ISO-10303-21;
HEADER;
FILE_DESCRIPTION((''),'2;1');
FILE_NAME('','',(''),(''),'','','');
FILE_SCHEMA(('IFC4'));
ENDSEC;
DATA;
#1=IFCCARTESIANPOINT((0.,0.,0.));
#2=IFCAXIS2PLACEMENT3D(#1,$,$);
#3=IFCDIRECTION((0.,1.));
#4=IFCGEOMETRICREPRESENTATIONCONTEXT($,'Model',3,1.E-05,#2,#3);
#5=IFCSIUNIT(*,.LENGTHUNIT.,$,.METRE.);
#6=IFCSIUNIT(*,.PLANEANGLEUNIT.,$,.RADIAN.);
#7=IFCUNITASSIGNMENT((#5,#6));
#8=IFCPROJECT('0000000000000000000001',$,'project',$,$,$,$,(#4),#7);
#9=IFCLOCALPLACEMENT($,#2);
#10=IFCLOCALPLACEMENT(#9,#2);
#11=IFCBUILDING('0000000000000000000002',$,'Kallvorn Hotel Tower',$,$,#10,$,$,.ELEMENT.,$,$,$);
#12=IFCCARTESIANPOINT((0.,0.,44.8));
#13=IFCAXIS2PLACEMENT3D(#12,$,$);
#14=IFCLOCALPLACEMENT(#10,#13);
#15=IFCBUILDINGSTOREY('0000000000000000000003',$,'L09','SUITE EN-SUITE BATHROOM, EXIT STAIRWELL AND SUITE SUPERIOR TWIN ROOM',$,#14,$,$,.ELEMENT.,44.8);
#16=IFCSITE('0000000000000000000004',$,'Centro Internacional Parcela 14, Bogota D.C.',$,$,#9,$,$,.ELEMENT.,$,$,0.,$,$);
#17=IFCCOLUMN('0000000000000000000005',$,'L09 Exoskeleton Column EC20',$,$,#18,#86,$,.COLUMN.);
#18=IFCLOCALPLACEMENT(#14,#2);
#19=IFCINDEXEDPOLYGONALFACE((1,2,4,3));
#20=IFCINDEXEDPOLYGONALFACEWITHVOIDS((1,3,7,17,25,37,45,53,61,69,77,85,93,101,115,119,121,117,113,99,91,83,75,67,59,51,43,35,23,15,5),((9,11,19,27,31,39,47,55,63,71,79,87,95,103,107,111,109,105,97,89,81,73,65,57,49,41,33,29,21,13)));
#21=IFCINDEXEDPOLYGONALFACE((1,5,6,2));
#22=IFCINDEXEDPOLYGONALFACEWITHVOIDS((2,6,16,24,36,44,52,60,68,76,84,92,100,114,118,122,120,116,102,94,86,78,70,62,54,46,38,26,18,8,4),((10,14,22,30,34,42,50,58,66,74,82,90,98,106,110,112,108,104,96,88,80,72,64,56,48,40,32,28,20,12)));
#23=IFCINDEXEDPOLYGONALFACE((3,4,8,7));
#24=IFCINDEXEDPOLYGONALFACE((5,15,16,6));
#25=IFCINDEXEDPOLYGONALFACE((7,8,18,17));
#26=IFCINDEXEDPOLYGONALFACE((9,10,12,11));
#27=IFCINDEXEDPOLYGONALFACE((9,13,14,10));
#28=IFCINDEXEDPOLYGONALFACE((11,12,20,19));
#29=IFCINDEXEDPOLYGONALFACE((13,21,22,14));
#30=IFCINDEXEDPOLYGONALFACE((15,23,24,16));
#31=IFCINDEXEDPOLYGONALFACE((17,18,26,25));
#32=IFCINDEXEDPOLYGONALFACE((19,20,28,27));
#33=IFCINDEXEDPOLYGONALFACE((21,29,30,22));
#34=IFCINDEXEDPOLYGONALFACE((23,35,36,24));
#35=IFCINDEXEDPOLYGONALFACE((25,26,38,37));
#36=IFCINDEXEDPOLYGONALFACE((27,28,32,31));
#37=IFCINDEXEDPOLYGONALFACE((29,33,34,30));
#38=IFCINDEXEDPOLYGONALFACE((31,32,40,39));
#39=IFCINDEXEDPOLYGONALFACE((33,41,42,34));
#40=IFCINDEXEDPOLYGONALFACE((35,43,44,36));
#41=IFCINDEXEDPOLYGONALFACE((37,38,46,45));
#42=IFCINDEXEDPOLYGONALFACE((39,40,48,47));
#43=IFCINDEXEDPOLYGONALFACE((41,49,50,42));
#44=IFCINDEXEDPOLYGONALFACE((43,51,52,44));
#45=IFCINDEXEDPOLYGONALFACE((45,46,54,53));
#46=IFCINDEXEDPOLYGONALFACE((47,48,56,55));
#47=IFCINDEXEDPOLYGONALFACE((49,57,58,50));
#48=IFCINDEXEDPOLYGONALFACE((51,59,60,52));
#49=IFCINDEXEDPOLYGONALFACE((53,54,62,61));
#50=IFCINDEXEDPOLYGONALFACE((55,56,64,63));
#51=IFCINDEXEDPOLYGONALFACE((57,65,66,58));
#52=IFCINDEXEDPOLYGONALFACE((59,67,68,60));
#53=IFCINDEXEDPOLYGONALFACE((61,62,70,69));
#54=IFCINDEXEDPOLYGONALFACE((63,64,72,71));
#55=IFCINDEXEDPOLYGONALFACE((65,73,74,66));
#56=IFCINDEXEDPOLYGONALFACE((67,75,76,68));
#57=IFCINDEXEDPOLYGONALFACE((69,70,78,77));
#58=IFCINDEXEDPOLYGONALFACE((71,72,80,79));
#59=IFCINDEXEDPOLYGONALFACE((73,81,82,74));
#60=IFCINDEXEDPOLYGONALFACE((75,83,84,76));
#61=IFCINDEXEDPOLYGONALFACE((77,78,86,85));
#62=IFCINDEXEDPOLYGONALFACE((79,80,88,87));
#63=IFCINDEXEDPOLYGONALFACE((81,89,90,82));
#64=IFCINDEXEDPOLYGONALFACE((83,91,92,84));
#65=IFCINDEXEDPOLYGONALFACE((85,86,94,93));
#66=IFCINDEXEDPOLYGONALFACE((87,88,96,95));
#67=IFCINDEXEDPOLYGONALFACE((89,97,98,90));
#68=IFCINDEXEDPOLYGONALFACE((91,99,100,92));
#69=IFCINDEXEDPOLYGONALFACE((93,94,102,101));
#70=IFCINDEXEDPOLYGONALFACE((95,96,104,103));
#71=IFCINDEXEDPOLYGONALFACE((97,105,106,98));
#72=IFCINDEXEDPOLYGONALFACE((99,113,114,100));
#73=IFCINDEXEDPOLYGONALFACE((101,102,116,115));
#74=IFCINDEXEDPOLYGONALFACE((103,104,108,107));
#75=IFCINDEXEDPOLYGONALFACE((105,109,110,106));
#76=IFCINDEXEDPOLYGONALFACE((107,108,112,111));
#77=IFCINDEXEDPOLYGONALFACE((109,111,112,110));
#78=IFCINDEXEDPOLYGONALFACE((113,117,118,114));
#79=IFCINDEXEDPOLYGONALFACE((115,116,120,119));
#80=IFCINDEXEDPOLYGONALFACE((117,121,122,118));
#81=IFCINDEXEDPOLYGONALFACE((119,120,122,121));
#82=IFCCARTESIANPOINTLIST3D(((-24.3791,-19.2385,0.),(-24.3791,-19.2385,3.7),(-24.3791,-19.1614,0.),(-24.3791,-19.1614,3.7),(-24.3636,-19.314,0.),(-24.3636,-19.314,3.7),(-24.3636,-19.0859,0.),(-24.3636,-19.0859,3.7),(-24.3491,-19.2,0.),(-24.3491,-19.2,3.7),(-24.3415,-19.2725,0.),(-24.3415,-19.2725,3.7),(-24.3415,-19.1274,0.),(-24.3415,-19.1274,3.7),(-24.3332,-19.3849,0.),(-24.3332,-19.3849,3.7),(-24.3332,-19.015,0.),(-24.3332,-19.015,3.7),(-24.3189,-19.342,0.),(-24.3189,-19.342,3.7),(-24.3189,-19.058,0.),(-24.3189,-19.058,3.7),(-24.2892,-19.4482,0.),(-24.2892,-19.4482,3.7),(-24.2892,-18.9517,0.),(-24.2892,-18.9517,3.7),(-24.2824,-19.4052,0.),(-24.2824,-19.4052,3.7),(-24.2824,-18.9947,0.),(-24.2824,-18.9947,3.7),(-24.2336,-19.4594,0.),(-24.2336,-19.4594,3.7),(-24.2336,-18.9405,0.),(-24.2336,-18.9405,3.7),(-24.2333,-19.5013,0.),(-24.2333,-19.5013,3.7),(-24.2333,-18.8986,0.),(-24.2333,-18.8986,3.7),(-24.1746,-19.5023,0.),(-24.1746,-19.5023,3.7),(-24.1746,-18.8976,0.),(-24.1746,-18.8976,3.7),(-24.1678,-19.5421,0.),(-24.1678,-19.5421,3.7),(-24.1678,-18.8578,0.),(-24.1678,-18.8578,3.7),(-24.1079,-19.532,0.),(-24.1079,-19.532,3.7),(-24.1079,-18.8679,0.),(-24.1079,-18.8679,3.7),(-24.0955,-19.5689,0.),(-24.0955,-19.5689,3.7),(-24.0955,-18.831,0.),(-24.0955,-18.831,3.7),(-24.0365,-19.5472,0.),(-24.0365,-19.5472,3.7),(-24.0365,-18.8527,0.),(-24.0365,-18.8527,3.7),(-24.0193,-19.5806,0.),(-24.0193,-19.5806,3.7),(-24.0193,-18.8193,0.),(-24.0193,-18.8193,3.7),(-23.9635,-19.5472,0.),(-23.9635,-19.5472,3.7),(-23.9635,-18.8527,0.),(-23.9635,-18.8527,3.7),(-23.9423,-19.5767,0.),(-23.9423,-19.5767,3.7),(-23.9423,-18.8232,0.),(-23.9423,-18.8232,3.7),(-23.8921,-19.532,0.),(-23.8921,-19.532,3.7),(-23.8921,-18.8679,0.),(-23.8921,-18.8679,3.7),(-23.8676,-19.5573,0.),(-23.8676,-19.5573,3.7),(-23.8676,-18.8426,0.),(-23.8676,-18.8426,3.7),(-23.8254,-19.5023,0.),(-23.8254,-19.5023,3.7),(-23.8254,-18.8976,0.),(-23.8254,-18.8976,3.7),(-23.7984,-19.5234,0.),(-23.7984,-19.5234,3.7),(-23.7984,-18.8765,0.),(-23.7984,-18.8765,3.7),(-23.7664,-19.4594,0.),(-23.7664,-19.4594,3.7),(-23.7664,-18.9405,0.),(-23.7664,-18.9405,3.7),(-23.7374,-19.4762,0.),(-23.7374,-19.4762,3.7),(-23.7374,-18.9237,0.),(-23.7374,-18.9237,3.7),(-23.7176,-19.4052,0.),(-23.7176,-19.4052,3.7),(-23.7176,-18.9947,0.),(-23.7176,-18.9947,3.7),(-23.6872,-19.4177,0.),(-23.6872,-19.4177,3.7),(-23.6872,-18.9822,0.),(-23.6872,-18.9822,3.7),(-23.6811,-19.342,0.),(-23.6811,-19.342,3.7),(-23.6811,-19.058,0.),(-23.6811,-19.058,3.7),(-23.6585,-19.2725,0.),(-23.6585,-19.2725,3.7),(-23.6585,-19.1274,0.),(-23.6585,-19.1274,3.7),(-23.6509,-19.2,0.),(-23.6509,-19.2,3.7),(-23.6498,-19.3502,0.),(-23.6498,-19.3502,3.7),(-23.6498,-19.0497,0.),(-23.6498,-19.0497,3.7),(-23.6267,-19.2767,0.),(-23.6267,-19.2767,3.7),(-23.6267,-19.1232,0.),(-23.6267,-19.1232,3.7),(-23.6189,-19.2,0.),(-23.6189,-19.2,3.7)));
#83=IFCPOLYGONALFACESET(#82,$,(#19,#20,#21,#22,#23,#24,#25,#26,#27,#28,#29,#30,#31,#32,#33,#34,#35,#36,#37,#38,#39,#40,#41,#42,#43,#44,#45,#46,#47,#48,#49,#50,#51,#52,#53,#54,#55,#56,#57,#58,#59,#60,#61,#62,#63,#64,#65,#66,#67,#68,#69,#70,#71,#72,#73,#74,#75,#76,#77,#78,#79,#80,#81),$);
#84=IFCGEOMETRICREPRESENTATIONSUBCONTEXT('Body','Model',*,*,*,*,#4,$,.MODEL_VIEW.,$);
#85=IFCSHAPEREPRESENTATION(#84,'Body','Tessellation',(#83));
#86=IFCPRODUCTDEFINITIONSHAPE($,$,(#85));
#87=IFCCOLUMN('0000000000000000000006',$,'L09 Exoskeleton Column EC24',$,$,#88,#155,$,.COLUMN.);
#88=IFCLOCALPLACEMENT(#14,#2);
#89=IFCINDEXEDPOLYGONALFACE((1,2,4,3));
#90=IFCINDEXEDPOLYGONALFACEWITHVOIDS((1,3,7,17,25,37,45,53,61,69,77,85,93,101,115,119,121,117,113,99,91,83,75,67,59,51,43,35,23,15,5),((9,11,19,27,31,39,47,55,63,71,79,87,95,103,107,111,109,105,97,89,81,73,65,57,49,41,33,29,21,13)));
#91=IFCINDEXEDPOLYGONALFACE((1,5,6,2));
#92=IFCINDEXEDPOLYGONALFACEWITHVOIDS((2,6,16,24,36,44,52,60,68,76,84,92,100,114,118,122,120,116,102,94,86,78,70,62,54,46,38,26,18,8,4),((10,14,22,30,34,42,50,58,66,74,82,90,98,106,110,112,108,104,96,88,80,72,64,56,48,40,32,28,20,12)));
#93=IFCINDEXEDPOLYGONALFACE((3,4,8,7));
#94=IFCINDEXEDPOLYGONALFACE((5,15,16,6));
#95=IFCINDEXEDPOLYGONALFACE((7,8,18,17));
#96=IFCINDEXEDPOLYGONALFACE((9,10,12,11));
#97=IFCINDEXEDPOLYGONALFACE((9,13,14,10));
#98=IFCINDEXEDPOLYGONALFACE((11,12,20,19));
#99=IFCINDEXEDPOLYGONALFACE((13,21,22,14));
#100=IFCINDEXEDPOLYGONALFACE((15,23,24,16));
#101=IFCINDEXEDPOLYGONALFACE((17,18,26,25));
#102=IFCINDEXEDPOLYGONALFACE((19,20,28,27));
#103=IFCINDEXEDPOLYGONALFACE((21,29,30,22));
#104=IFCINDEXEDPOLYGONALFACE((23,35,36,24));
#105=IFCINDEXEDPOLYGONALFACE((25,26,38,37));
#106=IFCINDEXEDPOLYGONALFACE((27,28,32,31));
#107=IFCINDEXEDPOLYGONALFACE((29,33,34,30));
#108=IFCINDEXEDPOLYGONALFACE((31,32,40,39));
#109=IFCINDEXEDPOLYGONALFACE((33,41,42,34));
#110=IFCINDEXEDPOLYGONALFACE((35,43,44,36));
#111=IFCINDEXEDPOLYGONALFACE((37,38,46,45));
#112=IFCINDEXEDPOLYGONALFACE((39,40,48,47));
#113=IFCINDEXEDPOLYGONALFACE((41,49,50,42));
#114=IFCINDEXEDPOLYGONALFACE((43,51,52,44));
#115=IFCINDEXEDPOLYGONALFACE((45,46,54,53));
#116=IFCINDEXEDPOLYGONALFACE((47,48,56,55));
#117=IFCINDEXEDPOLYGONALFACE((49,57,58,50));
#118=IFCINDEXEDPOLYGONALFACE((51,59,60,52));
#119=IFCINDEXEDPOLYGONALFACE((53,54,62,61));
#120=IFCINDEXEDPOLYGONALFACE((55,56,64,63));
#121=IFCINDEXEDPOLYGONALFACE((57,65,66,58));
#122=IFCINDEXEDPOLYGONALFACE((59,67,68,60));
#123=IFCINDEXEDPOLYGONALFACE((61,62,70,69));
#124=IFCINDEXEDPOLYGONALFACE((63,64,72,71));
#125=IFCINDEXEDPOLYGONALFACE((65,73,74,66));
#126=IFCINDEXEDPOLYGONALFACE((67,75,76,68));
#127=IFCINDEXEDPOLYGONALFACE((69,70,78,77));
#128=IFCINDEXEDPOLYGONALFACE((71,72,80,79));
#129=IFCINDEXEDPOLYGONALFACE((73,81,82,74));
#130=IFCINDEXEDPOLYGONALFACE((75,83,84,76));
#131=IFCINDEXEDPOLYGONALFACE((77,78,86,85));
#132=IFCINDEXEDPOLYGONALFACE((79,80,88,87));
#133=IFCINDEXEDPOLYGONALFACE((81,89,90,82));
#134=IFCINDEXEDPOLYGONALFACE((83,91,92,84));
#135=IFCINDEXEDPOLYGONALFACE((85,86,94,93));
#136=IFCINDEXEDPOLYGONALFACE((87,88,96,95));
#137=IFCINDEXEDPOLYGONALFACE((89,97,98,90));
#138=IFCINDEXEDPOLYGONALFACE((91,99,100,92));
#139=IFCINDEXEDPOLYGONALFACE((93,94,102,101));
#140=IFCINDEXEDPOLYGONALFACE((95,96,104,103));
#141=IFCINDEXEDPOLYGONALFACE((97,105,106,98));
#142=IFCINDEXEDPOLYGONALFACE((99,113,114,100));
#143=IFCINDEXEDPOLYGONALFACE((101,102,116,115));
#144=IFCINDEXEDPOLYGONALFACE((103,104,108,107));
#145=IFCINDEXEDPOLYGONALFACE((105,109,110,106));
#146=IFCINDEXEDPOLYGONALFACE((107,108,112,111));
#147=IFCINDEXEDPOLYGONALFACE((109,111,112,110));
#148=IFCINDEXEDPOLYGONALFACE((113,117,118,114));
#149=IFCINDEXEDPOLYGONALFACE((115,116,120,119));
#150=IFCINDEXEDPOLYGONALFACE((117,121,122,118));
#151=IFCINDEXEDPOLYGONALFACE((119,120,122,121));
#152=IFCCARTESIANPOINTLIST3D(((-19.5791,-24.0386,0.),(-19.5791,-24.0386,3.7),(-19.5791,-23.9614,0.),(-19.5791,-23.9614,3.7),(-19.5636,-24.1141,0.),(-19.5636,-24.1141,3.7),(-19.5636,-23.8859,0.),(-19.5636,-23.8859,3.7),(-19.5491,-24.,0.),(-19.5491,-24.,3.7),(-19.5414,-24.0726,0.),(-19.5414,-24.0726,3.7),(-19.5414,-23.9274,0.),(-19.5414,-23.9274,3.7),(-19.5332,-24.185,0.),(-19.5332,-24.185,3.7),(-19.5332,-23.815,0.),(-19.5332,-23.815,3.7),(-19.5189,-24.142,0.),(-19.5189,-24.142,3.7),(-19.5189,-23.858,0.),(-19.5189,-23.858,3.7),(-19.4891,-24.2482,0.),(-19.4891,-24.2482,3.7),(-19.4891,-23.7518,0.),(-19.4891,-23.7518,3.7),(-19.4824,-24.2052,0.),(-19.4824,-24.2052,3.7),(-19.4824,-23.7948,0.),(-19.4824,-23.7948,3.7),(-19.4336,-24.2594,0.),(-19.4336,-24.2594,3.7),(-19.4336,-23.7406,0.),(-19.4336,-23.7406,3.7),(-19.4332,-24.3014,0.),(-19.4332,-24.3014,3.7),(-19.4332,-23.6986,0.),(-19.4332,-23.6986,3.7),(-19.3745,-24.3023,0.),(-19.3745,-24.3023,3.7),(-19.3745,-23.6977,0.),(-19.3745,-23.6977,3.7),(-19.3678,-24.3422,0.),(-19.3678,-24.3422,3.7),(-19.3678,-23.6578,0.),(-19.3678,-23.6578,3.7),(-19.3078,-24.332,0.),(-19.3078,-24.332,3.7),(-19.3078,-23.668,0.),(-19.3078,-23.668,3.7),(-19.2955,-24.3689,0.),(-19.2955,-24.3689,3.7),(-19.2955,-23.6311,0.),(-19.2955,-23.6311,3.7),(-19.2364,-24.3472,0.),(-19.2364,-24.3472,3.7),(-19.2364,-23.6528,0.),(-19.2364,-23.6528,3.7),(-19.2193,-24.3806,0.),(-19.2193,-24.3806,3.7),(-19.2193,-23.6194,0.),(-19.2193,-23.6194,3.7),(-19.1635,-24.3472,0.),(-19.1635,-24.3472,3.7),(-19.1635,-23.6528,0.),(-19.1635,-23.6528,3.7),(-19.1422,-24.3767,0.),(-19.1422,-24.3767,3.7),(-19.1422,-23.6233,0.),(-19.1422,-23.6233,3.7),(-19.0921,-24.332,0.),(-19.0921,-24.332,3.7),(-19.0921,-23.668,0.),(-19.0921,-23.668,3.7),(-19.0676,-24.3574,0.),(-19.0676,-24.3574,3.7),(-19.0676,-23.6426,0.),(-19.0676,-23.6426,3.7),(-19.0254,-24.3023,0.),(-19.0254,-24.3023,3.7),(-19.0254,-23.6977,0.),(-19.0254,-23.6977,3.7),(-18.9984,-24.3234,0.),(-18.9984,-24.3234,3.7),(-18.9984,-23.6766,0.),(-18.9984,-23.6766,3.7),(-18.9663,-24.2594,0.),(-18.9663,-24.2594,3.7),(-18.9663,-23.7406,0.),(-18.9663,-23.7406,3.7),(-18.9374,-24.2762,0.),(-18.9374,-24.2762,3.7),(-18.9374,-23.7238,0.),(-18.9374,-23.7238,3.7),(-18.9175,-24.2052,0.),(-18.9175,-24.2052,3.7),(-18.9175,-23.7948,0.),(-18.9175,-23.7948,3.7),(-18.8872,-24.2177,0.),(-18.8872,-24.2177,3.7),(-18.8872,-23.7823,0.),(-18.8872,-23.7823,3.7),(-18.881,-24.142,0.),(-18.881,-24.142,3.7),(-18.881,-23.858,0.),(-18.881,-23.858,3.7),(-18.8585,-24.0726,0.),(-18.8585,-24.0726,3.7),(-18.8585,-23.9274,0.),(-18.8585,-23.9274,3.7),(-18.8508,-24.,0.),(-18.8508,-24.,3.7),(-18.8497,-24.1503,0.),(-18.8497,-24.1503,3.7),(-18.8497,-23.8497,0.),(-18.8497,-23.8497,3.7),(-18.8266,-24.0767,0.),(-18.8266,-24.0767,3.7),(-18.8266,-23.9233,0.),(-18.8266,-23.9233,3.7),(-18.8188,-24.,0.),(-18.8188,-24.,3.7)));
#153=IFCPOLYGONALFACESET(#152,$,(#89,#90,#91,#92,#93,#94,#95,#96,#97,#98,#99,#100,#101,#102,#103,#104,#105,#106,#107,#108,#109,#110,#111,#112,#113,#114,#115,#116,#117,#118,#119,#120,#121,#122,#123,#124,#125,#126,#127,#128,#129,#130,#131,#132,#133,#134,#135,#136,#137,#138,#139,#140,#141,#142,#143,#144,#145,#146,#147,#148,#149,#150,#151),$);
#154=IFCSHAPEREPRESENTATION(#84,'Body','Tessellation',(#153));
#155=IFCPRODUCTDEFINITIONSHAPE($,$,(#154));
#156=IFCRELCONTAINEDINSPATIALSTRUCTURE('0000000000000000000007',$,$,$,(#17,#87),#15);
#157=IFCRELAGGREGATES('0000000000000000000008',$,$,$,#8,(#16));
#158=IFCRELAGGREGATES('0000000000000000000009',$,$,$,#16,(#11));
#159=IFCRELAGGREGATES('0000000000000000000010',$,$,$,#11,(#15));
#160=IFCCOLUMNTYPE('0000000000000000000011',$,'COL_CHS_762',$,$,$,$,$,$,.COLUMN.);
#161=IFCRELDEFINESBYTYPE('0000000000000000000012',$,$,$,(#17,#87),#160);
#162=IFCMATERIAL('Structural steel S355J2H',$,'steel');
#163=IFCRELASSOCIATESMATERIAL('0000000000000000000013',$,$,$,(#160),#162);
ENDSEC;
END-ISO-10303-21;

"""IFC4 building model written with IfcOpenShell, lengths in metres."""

from ifc_helpers import new_model, si_unit, direction, frame, origin, origin_2d, place, context, subcontext, project, spatial, hollow_circle, extrude, material, material_profile, profile_set, type_object, element, save


model = new_model("IFC4")

# Units and contexts
model_context = context("Model", 3, precision=1e-05, world=origin(), true_north=direction((0.0, 1.0)))
body_context = subcontext(model_context, "Body", "Model", "MODEL_VIEW")
ifc_project = project(units=[si_unit("LENGTHUNIT", "METRE"), si_unit("PLANEANGLEUNIT", "RADIAN")], contexts=[model_context])

# Site, building, storey
site_placement = place(None, origin())
site = spatial("IfcSite", under=ifc_project, at=site_placement, Name="Centro Internacional Parcela 14, Bogota D.C.", CompositionType="ELEMENT", RefElevation=0.0)
building_placement = place(site_placement, origin())
building = spatial("IfcBuilding", under=site, at=building_placement, Name="Kallvorn Hotel Tower", CompositionType="ELEMENT")
storey_placement = place(building_placement, frame((0.0, 0.0, 44.8)))
storey = spatial("IfcBuildingStorey", under=building, at=storey_placement, Name="L09", Description="SUITE EN-SUITE BATHROOM, EXIT STAIRWELL AND SUITE SUPERIOR TWIN ROOM", CompositionType="ELEMENT", Elevation=44.8)

# Columns
ifc_material_1 = material(Name="Structural steel S355J2H", Category="steel")
ifc_material_profile_1 = material_profile(ifc_material_1, hollow_circle(Radius=0.3811, WallThickness=0.032, at=origin_2d()), Name="CHS 762x32")
ifc_profile_set_1 = profile_set([ifc_material_profile_1], Name="Structural steel S355J2H")
column_type = type_object("IfcColumnType", Name="COL_CHS_762", PredefinedType="COLUMN", material=ifc_profile_set_1)
for number, where, z_axis, x_axis, name in (
    (1, (-24.0, -19.2, 0.0), (0.0, 0.0, 1.0), (1.0, 0.0, 0.0), "L09 Exoskeleton Column EC20"),
    (2, (-19.2, -24.0, 0.0), (0.0, 0.0, 1.0), (1.0, 0.0, 0.0), "L09 Exoskeleton Column EC24"),
):
    element("IfcColumn", number, at=place(storey_placement, frame(where, z_axis=z_axis, x_axis=x_axis)), inside=storey, type_object=column_type, Name=name, PredefinedType="COLUMN", context=body_context, shape_type="SweptSolid", body=[
        extrude(hollow_circle(Radius=0.3811, WallThickness=0.032, at=origin_2d()), origin(), (0.0, 0.0, 1.0), 3.7),
    ])

save(model, "model.ifc")
